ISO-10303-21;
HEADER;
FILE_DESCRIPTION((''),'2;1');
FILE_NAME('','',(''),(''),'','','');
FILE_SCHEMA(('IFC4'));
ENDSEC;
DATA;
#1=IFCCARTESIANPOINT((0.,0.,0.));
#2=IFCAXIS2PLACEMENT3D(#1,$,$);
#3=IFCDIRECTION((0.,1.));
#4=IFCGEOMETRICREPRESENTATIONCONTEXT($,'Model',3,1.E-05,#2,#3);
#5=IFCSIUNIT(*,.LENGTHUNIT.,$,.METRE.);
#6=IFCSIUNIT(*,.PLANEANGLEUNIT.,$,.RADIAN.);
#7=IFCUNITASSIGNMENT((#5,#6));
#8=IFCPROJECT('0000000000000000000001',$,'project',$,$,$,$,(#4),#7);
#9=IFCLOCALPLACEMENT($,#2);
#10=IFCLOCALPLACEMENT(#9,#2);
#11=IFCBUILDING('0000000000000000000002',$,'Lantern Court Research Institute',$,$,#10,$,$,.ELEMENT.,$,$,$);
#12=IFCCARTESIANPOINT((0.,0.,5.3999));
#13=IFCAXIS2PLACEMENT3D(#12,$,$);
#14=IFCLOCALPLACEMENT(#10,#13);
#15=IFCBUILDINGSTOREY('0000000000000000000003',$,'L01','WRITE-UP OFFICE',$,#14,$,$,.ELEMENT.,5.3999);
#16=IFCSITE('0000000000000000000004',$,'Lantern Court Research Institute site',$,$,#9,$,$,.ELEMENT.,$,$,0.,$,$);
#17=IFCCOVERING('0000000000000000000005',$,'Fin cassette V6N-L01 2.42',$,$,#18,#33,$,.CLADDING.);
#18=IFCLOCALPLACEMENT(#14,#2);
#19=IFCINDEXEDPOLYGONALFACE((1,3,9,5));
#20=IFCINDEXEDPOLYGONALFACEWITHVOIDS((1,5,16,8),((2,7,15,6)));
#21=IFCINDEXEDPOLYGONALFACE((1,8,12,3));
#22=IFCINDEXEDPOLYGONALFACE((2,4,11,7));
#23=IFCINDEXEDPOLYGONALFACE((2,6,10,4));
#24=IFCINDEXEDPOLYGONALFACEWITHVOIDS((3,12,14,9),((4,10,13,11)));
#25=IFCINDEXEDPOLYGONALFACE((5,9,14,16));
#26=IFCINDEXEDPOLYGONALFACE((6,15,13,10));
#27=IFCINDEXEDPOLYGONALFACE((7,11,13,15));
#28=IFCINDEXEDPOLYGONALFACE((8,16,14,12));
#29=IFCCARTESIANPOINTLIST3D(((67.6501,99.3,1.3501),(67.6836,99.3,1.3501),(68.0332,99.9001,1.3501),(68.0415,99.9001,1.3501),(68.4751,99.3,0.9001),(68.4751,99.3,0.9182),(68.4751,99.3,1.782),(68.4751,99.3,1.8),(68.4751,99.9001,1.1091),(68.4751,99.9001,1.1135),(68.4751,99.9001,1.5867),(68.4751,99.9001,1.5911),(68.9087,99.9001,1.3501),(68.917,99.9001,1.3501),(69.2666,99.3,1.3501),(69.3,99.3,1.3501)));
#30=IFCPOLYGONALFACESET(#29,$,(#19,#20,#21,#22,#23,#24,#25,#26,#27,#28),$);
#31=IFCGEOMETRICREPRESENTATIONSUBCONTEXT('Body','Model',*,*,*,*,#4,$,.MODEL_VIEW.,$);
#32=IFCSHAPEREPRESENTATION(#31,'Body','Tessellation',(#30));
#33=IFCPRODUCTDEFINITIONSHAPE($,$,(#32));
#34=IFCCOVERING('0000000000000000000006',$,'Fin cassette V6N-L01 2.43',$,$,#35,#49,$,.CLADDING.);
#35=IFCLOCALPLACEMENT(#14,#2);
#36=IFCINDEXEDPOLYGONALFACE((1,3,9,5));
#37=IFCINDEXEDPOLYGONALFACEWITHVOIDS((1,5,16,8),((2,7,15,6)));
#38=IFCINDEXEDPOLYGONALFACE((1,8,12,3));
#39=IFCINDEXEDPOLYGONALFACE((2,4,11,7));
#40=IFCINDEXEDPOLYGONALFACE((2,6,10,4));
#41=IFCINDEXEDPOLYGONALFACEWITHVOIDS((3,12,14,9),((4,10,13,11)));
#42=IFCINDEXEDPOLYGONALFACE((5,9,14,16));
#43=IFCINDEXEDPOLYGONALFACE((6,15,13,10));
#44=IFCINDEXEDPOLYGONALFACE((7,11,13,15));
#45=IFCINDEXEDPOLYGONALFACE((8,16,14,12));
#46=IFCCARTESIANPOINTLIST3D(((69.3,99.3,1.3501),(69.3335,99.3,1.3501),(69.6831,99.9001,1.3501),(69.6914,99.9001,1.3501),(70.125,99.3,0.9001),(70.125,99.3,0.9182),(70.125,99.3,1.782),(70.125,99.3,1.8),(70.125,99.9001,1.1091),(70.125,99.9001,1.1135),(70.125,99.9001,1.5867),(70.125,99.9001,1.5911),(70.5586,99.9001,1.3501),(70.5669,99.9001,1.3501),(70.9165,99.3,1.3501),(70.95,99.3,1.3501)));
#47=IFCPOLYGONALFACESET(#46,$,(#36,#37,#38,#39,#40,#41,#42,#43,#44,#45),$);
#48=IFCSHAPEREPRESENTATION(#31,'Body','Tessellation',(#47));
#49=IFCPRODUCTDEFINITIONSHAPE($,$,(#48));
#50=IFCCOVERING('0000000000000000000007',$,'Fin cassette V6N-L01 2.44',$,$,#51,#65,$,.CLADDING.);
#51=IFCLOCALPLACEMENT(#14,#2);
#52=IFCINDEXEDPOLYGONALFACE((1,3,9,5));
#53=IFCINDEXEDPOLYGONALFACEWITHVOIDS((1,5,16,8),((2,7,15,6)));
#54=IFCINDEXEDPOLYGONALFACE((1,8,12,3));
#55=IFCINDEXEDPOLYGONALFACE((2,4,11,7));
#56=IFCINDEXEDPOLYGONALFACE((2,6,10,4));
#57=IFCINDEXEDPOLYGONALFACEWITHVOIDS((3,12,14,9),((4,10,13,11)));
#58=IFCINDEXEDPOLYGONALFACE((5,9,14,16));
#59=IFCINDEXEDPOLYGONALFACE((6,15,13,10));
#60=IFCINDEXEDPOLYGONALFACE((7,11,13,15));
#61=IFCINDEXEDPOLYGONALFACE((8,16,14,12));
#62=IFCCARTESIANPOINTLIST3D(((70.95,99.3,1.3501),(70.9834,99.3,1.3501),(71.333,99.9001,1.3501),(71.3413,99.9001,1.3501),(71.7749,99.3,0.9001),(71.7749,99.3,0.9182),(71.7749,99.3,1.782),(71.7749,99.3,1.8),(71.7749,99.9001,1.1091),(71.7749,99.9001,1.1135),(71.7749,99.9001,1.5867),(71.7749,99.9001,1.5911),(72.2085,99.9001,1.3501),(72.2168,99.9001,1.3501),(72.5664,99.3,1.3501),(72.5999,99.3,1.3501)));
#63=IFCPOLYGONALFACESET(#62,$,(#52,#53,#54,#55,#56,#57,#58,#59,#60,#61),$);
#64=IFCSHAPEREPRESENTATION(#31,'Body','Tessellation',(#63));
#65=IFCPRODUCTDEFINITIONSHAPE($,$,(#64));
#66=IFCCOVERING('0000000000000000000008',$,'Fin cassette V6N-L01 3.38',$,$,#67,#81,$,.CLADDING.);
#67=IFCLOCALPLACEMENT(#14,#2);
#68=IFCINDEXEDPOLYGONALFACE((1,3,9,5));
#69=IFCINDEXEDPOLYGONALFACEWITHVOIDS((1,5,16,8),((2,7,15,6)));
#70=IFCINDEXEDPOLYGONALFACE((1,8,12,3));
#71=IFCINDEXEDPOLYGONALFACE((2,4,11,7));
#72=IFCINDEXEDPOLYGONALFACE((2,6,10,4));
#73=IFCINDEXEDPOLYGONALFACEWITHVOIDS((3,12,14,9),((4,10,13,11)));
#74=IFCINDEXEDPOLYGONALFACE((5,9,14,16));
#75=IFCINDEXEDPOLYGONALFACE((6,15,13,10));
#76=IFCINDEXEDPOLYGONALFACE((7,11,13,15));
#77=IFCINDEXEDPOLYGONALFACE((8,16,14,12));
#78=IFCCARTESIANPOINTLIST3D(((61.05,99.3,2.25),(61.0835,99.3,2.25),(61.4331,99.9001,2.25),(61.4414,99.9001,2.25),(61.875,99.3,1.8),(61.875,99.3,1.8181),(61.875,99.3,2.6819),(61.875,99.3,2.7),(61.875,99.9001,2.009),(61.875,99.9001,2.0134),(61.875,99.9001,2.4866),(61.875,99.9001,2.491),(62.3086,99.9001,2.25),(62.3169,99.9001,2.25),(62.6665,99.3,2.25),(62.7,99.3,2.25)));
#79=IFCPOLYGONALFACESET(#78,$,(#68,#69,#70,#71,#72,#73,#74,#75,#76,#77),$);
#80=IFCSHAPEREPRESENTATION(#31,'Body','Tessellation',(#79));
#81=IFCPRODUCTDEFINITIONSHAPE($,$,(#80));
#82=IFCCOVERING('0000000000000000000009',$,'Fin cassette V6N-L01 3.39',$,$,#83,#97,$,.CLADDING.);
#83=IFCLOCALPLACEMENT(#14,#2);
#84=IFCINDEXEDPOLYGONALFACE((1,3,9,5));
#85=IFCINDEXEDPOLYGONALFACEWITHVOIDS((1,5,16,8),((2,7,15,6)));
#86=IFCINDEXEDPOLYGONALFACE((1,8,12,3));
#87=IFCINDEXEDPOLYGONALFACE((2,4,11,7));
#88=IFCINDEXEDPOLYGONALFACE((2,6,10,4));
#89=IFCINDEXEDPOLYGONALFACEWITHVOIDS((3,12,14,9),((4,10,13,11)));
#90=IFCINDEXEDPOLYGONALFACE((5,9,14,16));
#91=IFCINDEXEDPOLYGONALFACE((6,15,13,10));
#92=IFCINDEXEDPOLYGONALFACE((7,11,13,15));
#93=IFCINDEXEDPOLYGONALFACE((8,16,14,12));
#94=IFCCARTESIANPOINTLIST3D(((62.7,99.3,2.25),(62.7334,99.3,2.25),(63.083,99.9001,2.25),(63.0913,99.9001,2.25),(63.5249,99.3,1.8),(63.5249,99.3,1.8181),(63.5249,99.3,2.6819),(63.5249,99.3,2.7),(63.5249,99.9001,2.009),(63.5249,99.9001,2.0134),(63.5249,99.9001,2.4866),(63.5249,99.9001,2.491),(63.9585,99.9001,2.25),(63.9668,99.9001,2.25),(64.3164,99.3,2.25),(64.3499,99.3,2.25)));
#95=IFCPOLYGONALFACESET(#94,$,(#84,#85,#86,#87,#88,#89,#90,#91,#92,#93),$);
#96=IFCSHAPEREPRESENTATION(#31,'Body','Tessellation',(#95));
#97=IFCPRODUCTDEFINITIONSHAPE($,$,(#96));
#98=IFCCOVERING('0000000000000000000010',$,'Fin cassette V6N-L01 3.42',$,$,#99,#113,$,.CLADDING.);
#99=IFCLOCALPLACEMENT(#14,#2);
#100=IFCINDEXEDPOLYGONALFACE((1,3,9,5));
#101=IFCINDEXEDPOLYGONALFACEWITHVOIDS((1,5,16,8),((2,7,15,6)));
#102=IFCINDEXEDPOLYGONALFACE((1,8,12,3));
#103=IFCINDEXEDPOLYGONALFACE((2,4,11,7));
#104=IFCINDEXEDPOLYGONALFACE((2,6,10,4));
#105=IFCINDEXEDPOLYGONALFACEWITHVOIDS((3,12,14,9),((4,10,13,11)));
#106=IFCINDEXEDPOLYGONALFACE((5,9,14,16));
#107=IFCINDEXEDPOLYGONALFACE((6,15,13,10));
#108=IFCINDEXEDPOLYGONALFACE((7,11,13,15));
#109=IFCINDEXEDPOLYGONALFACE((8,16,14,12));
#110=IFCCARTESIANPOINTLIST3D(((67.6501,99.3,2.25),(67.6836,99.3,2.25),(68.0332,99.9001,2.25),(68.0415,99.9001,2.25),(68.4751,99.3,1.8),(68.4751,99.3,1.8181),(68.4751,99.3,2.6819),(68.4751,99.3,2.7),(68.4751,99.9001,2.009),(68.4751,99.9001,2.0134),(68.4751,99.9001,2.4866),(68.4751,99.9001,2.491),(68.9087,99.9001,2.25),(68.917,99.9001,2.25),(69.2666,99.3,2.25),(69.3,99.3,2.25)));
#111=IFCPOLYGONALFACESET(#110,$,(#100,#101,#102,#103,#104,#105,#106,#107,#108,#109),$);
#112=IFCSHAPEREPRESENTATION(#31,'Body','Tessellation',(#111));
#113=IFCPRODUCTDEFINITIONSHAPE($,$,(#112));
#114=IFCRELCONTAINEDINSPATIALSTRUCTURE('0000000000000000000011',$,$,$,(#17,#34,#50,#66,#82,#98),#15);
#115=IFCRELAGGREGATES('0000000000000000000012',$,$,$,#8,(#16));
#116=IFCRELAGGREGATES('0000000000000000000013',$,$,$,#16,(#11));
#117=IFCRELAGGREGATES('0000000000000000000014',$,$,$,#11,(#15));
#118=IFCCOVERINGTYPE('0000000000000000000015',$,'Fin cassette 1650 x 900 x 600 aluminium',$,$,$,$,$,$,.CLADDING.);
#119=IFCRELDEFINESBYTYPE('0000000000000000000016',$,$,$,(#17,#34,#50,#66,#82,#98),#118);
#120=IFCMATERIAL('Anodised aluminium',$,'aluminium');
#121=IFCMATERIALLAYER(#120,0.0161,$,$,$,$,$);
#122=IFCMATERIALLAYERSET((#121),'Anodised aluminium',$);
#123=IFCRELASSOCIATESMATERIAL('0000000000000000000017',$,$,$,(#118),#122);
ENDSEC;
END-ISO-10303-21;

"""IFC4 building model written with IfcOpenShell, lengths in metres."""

from ifc_helpers import new_model, entity, si_unit, direction, frame, origin, place, context, subcontext, project, spatial, material, layer, layer_set, type_object, element, save


model = new_model("IFC4")

# Units and contexts
model_context = context("Model", 3, precision=1e-05, world=origin(), true_north=direction((0.0, 1.0)))
body_context = subcontext(model_context, "Body", "Model", "MODEL_VIEW")
ifc_project = project(units=[si_unit("LENGTHUNIT", "METRE"), si_unit("PLANEANGLEUNIT", "RADIAN")], contexts=[model_context])

# Site, building, storey
site_placement = place(None, origin())
site = spatial("IfcSite", under=ifc_project, at=site_placement, Name="Lantern Court Research Institute site", CompositionType="ELEMENT", RefElevation=0.0)
building_placement = place(site_placement, origin())
building = spatial("IfcBuilding", under=site, at=building_placement, Name="Lantern Court Research Institute", CompositionType="ELEMENT")
storey_placement = place(building_placement, frame((0.0, 0.0, 5.3999)))
storey = spatial("IfcBuildingStorey", under=building, at=storey_placement, Name="L01", Description="WRITE-UP OFFICE", CompositionType="ELEMENT", Elevation=5.3999)

# Coverings
ifc_material_1 = material(Name="Anodised aluminium", Category="aluminium")
ifc_layer_1 = layer(ifc_material_1, 0.0161)
ifc_layer_set_1 = layer_set([ifc_layer_1], Name="Anodised aluminium")
covering_type_1 = type_object("IfcCoveringType", Name="Fin cassette 1650 x 900 x 600 aluminium", PredefinedType="CLADDING", material=ifc_layer_set_1)
covering_1_placement = place(storey_placement, frame((68.4751, 99.3, 1.3501), z_axis=(0.0, 1.0, 0.0), x_axis=(-1.0, 0.0, 0.0)))
cartesian_point_1 = entity("IfcCartesianPoint", [0.825, 0.0])
cartesian_point_2 = entity("IfcCartesianPoint", [0.7915, 0.0])
cartesian_point_3 = entity("IfcCartesianPoint", [0.4419, 0.0])
cartesian_point_4 = entity("IfcCartesianPoint", [0.4336, 0.0])
element("IfcCovering", 1, at=covering_1_placement, inside=storey, type_object=covering_type_1, Name="Fin cassette V6N-L01 2.42", PredefinedType="CLADDING", context=body_context, shape_type="SweptSolid", body=[
    entity("IfcExtrudedAreaSolidTapered", entity("IfcArbitraryProfileDefWithVoids", "AREA", None, entity("IfcPolyline", [cartesian_point_1, entity("IfcCartesianPoint", [0.0, 0.45]), entity("IfcCartesianPoint", [-0.825, 0.0]), entity("IfcCartesianPoint", [0.0, -0.45]), cartesian_point_1]), [entity("IfcPolyline", [cartesian_point_2, entity("IfcCartesianPoint", [0.0, 0.4319]), entity("IfcCartesianPoint", [-0.7915, 0.0]), entity("IfcCartesianPoint", [0.0, -0.4319]), cartesian_point_2])]), entity("IfcAxis2Placement3D", entity("IfcCartesianPoint", [0.0, 0.0, 0.0])), entity("IfcDirection", [0.0, 0.0, 1.0]), 0.6001, entity("IfcArbitraryProfileDefWithVoids", "AREA", None, entity("IfcPolyline", [cartesian_point_3, entity("IfcCartesianPoint", [0.0, 0.241]), entity("IfcCartesianPoint", [-0.4419, 0.0]), entity("IfcCartesianPoint", [0.0, -0.241]), cartesian_point_3]), [entity("IfcPolyline", [cartesian_point_4, entity("IfcCartesianPoint", [0.0, 0.2366]), entity("IfcCartesianPoint", [-0.4336, 0.0]), entity("IfcCartesianPoint", [0.0, -0.2366]), cartesian_point_4])])),
])
covering_2_placement = place(storey_placement, frame((70.125, 99.3, 1.3501), z_axis=(0.0, 1.0, 0.0), x_axis=(-1.0, 0.0, 0.0)))
cartesian_point_5 = entity("IfcCartesianPoint", [0.825, 0.0])
cartesian_point_6 = entity("IfcCartesianPoint", [0.7915, 0.0])
cartesian_point_7 = entity("IfcCartesianPoint", [0.4419, 0.0])
cartesian_point_8 = entity("IfcCartesianPoint", [0.4336, 0.0])
element("IfcCovering", 2, at=covering_2_placement, inside=storey, type_object=covering_type_1, Name="Fin cassette V6N-L01 2.43", PredefinedType="CLADDING", context=body_context, shape_type="SweptSolid", body=[
    entity("IfcExtrudedAreaSolidTapered", entity("IfcArbitraryProfileDefWithVoids", "AREA", None, entity("IfcPolyline", [cartesian_point_5, entity("IfcCartesianPoint", [0.0, 0.45]), entity("IfcCartesianPoint", [-0.825, 0.0]), entity("IfcCartesianPoint", [0.0, -0.45]), cartesian_point_5]), [entity("IfcPolyline", [cartesian_point_6, entity("IfcCartesianPoint", [0.0, 0.4319]), entity("IfcCartesianPoint", [-0.7915, 0.0]), entity("IfcCartesianPoint", [0.0, -0.4319]), cartesian_point_6])]), entity("IfcAxis2Placement3D", entity("IfcCartesianPoint", [0.0, 0.0, 0.0])), entity("IfcDirection", [0.0, 0.0, 1.0]), 0.6001, entity("IfcArbitraryProfileDefWithVoids", "AREA", None, entity("IfcPolyline", [cartesian_point_7, entity("IfcCartesianPoint", [0.0, 0.241]), entity("IfcCartesianPoint", [-0.4419, 0.0]), entity("IfcCartesianPoint", [0.0, -0.241]), cartesian_point_7]), [entity("IfcPolyline", [cartesian_point_8, entity("IfcCartesianPoint", [0.0, 0.2366]), entity("IfcCartesianPoint", [-0.4336, 0.0]), entity("IfcCartesianPoint", [0.0, -0.2366]), cartesian_point_8])])),
])
covering_3_placement = place(storey_placement, frame((71.7749, 99.3, 1.3501), z_axis=(0.0, 1.0, 0.0), x_axis=(-1.0, 0.0, 0.0)))
cartesian_point_9 = entity("IfcCartesianPoint", [0.825, 0.0])
cartesian_point_10 = entity("IfcCartesianPoint", [0.7915, 0.0])
cartesian_point_11 = entity("IfcCartesianPoint", [0.4419, 0.0])
cartesian_point_12 = entity("IfcCartesianPoint", [0.4336, 0.0])
element("IfcCovering", 3, at=covering_3_placement, inside=storey, type_object=covering_type_1, Name="Fin cassette V6N-L01 2.44", PredefinedType="CLADDING", context=body_context, shape_type="SweptSolid", body=[
    entity("IfcExtrudedAreaSolidTapered", entity("IfcArbitraryProfileDefWithVoids", "AREA", None, entity("IfcPolyline", [cartesian_point_9, entity("IfcCartesianPoint", [0.0, 0.45]), entity("IfcCartesianPoint", [-0.825, 0.0]), entity("IfcCartesianPoint", [0.0, -0.45]), cartesian_point_9]), [entity("IfcPolyline", [cartesian_point_10, entity("IfcCartesianPoint", [0.0, 0.4319]), entity("IfcCartesianPoint", [-0.7915, 0.0]), entity("IfcCartesianPoint", [0.0, -0.4319]), cartesian_point_10])]), entity("IfcAxis2Placement3D", entity("IfcCartesianPoint", [0.0, 0.0, 0.0])), entity("IfcDirection", [0.0, 0.0, 1.0]), 0.6001, entity("IfcArbitraryProfileDefWithVoids", "AREA", None, entity("IfcPolyline", [cartesian_point_11, entity("IfcCartesianPoint", [0.0, 0.241]), entity("IfcCartesianPoint", [-0.4419, 0.0]), entity("IfcCartesianPoint", [0.0, -0.241]), cartesian_point_11]), [entity("IfcPolyline", [cartesian_point_12, entity("IfcCartesianPoint", [0.0, 0.2366]), entity("IfcCartesianPoint", [-0.4336, 0.0]), entity("IfcCartesianPoint", [0.0, -0.2366]), cartesian_point_12])])),
])
covering_4_placement = place(storey_placement, frame((61.875, 99.3, 2.25), z_axis=(0.0, 1.0, 0.0), x_axis=(-1.0, 0.0, 0.0)))
cartesian_point_13 = entity("IfcCartesianPoint", [0.825, 0.0])
cartesian_point_14 = entity("IfcCartesianPoint", [0.7915, 0.0])
cartesian_point_15 = entity("IfcCartesianPoint", [0.4419, 0.0])
cartesian_point_16 = entity("IfcCartesianPoint", [0.4336, 0.0])
element("IfcCovering", 4, at=covering_4_placement, inside=storey, type_object=covering_type_1, Name="Fin cassette V6N-L01 3.38", PredefinedType="CLADDING", context=body_context, shape_type="SweptSolid", body=[
    entity("IfcExtrudedAreaSolidTapered", entity("IfcArbitraryProfileDefWithVoids", "AREA", None, entity("IfcPolyline", [cartesian_point_13, entity("IfcCartesianPoint", [0.0, 0.45]), entity("IfcCartesianPoint", [-0.825, 0.0]), entity("IfcCartesianPoint", [0.0, -0.45]), cartesian_point_13]), [entity("IfcPolyline", [cartesian_point_14, entity("IfcCartesianPoint", [0.0, 0.4319]), entity("IfcCartesianPoint", [-0.7915, 0.0]), entity("IfcCartesianPoint", [0.0, -0.4319]), cartesian_point_14])]), entity("IfcAxis2Placement3D", entity("IfcCartesianPoint", [0.0, 0.0, 0.0])), entity("IfcDirection", [0.0, 0.0, 1.0]), 0.6001, entity("IfcArbitraryProfileDefWithVoids", "AREA", None, entity("IfcPolyline", [cartesian_point_15, entity("IfcCartesianPoint", [0.0, 0.241]), entity("IfcCartesianPoint", [-0.4419, 0.0]), entity("IfcCartesianPoint", [0.0, -0.241]), cartesian_point_15]), [entity("IfcPolyline", [cartesian_point_16, entity("IfcCartesianPoint", [0.0, 0.2366]), entity("IfcCartesianPoint", [-0.4336, 0.0]), entity("IfcCartesianPoint", [0.0, -0.2366]), cartesian_point_16])])),
])
covering_5_placement = place(storey_placement, frame((63.5249, 99.3, 2.25), z_axis=(0.0, 1.0, 0.0), x_axis=(-1.0, 0.0, 0.0)))
cartesian_point_17 = entity("IfcCartesianPoint", [0.825, 0.0])
cartesian_point_18 = entity("IfcCartesianPoint", [0.7915, 0.0])
cartesian_point_19 = entity("IfcCartesianPoint", [0.4419, 0.0])
cartesian_point_20 = entity("IfcCartesianPoint", [0.4336, 0.0])
element("IfcCovering", 5, at=covering_5_placement, inside=storey, type_object=covering_type_1, Name="Fin cassette V6N-L01 3.39", PredefinedType="CLADDING", context=body_context, shape_type="SweptSolid", body=[
    entity("IfcExtrudedAreaSolidTapered", entity("IfcArbitraryProfileDefWithVoids", "AREA", None, entity("IfcPolyline", [cartesian_point_17, entity("IfcCartesianPoint", [0.0, 0.45]), entity("IfcCartesianPoint", [-0.825, 0.0]), entity("IfcCartesianPoint", [0.0, -0.45]), cartesian_point_17]), [entity("IfcPolyline", [cartesian_point_18, entity("IfcCartesianPoint", [0.0, 0.4319]), entity("IfcCartesianPoint", [-0.7915, 0.0]), entity("IfcCartesianPoint", [0.0, -0.4319]), cartesian_point_18])]), entity("IfcAxis2Placement3D", entity("IfcCartesianPoint", [0.0, 0.0, 0.0])), entity("IfcDirection", [0.0, 0.0, 1.0]), 0.6001, entity("IfcArbitraryProfileDefWithVoids", "AREA", None, entity("IfcPolyline", [cartesian_point_19, entity("IfcCartesianPoint", [0.0, 0.241]), entity("IfcCartesianPoint", [-0.4419, 0.0]), entity("IfcCartesianPoint", [0.0, -0.241]), cartesian_point_19]), [entity("IfcPolyline", [cartesian_point_20, entity("IfcCartesianPoint", [0.0, 0.2366]), entity("IfcCartesianPoint", [-0.4336, 0.0]), entity("IfcCartesianPoint", [0.0, -0.2366]), cartesian_point_20])])),
])
covering_6_placement = place(storey_placement, frame((68.4751, 99.3, 2.25), z_axis=(0.0, 1.0, 0.0), x_axis=(-1.0, 0.0, 0.0)))
cartesian_point_21 = entity("IfcCartesianPoint", [0.825, 0.0])
cartesian_point_22 = entity("IfcCartesianPoint", [0.7915, 0.0])
cartesian_point_23 = entity("IfcCartesianPoint", [0.4419, 0.0])
cartesian_point_24 = entity("IfcCartesianPoint", [0.4336, 0.0])
element("IfcCovering", 6, at=covering_6_placement, inside=storey, type_object=covering_type_1, Name="Fin cassette V6N-L01 3.42", PredefinedType="CLADDING", context=body_context, shape_type="SweptSolid", body=[
    entity("IfcExtrudedAreaSolidTapered", entity("IfcArbitraryProfileDefWithVoids", "AREA", None, entity("IfcPolyline", [cartesian_point_21, entity("IfcCartesianPoint", [0.0, 0.45]), entity("IfcCartesianPoint", [-0.825, 0.0]), entity("IfcCartesianPoint", [0.0, -0.45]), cartesian_point_21]), [entity("IfcPolyline", [cartesian_point_22, entity("IfcCartesianPoint", [0.0, 0.4319]), entity("IfcCartesianPoint", [-0.7915, 0.0]), entity("IfcCartesianPoint", [0.0, -0.4319]), cartesian_point_22])]), entity("IfcAxis2Placement3D", entity("IfcCartesianPoint", [0.0, 0.0, 0.0])), entity("IfcDirection", [0.0, 0.0, 1.0]), 0.6001, entity("IfcArbitraryProfileDefWithVoids", "AREA", None, entity("IfcPolyline", [cartesian_point_23, entity("IfcCartesianPoint", [0.0, 0.241]), entity("IfcCartesianPoint", [-0.4419, 0.0]), entity("IfcCartesianPoint", [0.0, -0.241]), cartesian_point_23]), [entity("IfcPolyline", [cartesian_point_24, entity("IfcCartesianPoint", [0.0, 0.2366]), entity("IfcCartesianPoint", [-0.4336, 0.0]), entity("IfcCartesianPoint", [0.0, -0.2366]), cartesian_point_24])])),
])

save(model, "model.ifc")
